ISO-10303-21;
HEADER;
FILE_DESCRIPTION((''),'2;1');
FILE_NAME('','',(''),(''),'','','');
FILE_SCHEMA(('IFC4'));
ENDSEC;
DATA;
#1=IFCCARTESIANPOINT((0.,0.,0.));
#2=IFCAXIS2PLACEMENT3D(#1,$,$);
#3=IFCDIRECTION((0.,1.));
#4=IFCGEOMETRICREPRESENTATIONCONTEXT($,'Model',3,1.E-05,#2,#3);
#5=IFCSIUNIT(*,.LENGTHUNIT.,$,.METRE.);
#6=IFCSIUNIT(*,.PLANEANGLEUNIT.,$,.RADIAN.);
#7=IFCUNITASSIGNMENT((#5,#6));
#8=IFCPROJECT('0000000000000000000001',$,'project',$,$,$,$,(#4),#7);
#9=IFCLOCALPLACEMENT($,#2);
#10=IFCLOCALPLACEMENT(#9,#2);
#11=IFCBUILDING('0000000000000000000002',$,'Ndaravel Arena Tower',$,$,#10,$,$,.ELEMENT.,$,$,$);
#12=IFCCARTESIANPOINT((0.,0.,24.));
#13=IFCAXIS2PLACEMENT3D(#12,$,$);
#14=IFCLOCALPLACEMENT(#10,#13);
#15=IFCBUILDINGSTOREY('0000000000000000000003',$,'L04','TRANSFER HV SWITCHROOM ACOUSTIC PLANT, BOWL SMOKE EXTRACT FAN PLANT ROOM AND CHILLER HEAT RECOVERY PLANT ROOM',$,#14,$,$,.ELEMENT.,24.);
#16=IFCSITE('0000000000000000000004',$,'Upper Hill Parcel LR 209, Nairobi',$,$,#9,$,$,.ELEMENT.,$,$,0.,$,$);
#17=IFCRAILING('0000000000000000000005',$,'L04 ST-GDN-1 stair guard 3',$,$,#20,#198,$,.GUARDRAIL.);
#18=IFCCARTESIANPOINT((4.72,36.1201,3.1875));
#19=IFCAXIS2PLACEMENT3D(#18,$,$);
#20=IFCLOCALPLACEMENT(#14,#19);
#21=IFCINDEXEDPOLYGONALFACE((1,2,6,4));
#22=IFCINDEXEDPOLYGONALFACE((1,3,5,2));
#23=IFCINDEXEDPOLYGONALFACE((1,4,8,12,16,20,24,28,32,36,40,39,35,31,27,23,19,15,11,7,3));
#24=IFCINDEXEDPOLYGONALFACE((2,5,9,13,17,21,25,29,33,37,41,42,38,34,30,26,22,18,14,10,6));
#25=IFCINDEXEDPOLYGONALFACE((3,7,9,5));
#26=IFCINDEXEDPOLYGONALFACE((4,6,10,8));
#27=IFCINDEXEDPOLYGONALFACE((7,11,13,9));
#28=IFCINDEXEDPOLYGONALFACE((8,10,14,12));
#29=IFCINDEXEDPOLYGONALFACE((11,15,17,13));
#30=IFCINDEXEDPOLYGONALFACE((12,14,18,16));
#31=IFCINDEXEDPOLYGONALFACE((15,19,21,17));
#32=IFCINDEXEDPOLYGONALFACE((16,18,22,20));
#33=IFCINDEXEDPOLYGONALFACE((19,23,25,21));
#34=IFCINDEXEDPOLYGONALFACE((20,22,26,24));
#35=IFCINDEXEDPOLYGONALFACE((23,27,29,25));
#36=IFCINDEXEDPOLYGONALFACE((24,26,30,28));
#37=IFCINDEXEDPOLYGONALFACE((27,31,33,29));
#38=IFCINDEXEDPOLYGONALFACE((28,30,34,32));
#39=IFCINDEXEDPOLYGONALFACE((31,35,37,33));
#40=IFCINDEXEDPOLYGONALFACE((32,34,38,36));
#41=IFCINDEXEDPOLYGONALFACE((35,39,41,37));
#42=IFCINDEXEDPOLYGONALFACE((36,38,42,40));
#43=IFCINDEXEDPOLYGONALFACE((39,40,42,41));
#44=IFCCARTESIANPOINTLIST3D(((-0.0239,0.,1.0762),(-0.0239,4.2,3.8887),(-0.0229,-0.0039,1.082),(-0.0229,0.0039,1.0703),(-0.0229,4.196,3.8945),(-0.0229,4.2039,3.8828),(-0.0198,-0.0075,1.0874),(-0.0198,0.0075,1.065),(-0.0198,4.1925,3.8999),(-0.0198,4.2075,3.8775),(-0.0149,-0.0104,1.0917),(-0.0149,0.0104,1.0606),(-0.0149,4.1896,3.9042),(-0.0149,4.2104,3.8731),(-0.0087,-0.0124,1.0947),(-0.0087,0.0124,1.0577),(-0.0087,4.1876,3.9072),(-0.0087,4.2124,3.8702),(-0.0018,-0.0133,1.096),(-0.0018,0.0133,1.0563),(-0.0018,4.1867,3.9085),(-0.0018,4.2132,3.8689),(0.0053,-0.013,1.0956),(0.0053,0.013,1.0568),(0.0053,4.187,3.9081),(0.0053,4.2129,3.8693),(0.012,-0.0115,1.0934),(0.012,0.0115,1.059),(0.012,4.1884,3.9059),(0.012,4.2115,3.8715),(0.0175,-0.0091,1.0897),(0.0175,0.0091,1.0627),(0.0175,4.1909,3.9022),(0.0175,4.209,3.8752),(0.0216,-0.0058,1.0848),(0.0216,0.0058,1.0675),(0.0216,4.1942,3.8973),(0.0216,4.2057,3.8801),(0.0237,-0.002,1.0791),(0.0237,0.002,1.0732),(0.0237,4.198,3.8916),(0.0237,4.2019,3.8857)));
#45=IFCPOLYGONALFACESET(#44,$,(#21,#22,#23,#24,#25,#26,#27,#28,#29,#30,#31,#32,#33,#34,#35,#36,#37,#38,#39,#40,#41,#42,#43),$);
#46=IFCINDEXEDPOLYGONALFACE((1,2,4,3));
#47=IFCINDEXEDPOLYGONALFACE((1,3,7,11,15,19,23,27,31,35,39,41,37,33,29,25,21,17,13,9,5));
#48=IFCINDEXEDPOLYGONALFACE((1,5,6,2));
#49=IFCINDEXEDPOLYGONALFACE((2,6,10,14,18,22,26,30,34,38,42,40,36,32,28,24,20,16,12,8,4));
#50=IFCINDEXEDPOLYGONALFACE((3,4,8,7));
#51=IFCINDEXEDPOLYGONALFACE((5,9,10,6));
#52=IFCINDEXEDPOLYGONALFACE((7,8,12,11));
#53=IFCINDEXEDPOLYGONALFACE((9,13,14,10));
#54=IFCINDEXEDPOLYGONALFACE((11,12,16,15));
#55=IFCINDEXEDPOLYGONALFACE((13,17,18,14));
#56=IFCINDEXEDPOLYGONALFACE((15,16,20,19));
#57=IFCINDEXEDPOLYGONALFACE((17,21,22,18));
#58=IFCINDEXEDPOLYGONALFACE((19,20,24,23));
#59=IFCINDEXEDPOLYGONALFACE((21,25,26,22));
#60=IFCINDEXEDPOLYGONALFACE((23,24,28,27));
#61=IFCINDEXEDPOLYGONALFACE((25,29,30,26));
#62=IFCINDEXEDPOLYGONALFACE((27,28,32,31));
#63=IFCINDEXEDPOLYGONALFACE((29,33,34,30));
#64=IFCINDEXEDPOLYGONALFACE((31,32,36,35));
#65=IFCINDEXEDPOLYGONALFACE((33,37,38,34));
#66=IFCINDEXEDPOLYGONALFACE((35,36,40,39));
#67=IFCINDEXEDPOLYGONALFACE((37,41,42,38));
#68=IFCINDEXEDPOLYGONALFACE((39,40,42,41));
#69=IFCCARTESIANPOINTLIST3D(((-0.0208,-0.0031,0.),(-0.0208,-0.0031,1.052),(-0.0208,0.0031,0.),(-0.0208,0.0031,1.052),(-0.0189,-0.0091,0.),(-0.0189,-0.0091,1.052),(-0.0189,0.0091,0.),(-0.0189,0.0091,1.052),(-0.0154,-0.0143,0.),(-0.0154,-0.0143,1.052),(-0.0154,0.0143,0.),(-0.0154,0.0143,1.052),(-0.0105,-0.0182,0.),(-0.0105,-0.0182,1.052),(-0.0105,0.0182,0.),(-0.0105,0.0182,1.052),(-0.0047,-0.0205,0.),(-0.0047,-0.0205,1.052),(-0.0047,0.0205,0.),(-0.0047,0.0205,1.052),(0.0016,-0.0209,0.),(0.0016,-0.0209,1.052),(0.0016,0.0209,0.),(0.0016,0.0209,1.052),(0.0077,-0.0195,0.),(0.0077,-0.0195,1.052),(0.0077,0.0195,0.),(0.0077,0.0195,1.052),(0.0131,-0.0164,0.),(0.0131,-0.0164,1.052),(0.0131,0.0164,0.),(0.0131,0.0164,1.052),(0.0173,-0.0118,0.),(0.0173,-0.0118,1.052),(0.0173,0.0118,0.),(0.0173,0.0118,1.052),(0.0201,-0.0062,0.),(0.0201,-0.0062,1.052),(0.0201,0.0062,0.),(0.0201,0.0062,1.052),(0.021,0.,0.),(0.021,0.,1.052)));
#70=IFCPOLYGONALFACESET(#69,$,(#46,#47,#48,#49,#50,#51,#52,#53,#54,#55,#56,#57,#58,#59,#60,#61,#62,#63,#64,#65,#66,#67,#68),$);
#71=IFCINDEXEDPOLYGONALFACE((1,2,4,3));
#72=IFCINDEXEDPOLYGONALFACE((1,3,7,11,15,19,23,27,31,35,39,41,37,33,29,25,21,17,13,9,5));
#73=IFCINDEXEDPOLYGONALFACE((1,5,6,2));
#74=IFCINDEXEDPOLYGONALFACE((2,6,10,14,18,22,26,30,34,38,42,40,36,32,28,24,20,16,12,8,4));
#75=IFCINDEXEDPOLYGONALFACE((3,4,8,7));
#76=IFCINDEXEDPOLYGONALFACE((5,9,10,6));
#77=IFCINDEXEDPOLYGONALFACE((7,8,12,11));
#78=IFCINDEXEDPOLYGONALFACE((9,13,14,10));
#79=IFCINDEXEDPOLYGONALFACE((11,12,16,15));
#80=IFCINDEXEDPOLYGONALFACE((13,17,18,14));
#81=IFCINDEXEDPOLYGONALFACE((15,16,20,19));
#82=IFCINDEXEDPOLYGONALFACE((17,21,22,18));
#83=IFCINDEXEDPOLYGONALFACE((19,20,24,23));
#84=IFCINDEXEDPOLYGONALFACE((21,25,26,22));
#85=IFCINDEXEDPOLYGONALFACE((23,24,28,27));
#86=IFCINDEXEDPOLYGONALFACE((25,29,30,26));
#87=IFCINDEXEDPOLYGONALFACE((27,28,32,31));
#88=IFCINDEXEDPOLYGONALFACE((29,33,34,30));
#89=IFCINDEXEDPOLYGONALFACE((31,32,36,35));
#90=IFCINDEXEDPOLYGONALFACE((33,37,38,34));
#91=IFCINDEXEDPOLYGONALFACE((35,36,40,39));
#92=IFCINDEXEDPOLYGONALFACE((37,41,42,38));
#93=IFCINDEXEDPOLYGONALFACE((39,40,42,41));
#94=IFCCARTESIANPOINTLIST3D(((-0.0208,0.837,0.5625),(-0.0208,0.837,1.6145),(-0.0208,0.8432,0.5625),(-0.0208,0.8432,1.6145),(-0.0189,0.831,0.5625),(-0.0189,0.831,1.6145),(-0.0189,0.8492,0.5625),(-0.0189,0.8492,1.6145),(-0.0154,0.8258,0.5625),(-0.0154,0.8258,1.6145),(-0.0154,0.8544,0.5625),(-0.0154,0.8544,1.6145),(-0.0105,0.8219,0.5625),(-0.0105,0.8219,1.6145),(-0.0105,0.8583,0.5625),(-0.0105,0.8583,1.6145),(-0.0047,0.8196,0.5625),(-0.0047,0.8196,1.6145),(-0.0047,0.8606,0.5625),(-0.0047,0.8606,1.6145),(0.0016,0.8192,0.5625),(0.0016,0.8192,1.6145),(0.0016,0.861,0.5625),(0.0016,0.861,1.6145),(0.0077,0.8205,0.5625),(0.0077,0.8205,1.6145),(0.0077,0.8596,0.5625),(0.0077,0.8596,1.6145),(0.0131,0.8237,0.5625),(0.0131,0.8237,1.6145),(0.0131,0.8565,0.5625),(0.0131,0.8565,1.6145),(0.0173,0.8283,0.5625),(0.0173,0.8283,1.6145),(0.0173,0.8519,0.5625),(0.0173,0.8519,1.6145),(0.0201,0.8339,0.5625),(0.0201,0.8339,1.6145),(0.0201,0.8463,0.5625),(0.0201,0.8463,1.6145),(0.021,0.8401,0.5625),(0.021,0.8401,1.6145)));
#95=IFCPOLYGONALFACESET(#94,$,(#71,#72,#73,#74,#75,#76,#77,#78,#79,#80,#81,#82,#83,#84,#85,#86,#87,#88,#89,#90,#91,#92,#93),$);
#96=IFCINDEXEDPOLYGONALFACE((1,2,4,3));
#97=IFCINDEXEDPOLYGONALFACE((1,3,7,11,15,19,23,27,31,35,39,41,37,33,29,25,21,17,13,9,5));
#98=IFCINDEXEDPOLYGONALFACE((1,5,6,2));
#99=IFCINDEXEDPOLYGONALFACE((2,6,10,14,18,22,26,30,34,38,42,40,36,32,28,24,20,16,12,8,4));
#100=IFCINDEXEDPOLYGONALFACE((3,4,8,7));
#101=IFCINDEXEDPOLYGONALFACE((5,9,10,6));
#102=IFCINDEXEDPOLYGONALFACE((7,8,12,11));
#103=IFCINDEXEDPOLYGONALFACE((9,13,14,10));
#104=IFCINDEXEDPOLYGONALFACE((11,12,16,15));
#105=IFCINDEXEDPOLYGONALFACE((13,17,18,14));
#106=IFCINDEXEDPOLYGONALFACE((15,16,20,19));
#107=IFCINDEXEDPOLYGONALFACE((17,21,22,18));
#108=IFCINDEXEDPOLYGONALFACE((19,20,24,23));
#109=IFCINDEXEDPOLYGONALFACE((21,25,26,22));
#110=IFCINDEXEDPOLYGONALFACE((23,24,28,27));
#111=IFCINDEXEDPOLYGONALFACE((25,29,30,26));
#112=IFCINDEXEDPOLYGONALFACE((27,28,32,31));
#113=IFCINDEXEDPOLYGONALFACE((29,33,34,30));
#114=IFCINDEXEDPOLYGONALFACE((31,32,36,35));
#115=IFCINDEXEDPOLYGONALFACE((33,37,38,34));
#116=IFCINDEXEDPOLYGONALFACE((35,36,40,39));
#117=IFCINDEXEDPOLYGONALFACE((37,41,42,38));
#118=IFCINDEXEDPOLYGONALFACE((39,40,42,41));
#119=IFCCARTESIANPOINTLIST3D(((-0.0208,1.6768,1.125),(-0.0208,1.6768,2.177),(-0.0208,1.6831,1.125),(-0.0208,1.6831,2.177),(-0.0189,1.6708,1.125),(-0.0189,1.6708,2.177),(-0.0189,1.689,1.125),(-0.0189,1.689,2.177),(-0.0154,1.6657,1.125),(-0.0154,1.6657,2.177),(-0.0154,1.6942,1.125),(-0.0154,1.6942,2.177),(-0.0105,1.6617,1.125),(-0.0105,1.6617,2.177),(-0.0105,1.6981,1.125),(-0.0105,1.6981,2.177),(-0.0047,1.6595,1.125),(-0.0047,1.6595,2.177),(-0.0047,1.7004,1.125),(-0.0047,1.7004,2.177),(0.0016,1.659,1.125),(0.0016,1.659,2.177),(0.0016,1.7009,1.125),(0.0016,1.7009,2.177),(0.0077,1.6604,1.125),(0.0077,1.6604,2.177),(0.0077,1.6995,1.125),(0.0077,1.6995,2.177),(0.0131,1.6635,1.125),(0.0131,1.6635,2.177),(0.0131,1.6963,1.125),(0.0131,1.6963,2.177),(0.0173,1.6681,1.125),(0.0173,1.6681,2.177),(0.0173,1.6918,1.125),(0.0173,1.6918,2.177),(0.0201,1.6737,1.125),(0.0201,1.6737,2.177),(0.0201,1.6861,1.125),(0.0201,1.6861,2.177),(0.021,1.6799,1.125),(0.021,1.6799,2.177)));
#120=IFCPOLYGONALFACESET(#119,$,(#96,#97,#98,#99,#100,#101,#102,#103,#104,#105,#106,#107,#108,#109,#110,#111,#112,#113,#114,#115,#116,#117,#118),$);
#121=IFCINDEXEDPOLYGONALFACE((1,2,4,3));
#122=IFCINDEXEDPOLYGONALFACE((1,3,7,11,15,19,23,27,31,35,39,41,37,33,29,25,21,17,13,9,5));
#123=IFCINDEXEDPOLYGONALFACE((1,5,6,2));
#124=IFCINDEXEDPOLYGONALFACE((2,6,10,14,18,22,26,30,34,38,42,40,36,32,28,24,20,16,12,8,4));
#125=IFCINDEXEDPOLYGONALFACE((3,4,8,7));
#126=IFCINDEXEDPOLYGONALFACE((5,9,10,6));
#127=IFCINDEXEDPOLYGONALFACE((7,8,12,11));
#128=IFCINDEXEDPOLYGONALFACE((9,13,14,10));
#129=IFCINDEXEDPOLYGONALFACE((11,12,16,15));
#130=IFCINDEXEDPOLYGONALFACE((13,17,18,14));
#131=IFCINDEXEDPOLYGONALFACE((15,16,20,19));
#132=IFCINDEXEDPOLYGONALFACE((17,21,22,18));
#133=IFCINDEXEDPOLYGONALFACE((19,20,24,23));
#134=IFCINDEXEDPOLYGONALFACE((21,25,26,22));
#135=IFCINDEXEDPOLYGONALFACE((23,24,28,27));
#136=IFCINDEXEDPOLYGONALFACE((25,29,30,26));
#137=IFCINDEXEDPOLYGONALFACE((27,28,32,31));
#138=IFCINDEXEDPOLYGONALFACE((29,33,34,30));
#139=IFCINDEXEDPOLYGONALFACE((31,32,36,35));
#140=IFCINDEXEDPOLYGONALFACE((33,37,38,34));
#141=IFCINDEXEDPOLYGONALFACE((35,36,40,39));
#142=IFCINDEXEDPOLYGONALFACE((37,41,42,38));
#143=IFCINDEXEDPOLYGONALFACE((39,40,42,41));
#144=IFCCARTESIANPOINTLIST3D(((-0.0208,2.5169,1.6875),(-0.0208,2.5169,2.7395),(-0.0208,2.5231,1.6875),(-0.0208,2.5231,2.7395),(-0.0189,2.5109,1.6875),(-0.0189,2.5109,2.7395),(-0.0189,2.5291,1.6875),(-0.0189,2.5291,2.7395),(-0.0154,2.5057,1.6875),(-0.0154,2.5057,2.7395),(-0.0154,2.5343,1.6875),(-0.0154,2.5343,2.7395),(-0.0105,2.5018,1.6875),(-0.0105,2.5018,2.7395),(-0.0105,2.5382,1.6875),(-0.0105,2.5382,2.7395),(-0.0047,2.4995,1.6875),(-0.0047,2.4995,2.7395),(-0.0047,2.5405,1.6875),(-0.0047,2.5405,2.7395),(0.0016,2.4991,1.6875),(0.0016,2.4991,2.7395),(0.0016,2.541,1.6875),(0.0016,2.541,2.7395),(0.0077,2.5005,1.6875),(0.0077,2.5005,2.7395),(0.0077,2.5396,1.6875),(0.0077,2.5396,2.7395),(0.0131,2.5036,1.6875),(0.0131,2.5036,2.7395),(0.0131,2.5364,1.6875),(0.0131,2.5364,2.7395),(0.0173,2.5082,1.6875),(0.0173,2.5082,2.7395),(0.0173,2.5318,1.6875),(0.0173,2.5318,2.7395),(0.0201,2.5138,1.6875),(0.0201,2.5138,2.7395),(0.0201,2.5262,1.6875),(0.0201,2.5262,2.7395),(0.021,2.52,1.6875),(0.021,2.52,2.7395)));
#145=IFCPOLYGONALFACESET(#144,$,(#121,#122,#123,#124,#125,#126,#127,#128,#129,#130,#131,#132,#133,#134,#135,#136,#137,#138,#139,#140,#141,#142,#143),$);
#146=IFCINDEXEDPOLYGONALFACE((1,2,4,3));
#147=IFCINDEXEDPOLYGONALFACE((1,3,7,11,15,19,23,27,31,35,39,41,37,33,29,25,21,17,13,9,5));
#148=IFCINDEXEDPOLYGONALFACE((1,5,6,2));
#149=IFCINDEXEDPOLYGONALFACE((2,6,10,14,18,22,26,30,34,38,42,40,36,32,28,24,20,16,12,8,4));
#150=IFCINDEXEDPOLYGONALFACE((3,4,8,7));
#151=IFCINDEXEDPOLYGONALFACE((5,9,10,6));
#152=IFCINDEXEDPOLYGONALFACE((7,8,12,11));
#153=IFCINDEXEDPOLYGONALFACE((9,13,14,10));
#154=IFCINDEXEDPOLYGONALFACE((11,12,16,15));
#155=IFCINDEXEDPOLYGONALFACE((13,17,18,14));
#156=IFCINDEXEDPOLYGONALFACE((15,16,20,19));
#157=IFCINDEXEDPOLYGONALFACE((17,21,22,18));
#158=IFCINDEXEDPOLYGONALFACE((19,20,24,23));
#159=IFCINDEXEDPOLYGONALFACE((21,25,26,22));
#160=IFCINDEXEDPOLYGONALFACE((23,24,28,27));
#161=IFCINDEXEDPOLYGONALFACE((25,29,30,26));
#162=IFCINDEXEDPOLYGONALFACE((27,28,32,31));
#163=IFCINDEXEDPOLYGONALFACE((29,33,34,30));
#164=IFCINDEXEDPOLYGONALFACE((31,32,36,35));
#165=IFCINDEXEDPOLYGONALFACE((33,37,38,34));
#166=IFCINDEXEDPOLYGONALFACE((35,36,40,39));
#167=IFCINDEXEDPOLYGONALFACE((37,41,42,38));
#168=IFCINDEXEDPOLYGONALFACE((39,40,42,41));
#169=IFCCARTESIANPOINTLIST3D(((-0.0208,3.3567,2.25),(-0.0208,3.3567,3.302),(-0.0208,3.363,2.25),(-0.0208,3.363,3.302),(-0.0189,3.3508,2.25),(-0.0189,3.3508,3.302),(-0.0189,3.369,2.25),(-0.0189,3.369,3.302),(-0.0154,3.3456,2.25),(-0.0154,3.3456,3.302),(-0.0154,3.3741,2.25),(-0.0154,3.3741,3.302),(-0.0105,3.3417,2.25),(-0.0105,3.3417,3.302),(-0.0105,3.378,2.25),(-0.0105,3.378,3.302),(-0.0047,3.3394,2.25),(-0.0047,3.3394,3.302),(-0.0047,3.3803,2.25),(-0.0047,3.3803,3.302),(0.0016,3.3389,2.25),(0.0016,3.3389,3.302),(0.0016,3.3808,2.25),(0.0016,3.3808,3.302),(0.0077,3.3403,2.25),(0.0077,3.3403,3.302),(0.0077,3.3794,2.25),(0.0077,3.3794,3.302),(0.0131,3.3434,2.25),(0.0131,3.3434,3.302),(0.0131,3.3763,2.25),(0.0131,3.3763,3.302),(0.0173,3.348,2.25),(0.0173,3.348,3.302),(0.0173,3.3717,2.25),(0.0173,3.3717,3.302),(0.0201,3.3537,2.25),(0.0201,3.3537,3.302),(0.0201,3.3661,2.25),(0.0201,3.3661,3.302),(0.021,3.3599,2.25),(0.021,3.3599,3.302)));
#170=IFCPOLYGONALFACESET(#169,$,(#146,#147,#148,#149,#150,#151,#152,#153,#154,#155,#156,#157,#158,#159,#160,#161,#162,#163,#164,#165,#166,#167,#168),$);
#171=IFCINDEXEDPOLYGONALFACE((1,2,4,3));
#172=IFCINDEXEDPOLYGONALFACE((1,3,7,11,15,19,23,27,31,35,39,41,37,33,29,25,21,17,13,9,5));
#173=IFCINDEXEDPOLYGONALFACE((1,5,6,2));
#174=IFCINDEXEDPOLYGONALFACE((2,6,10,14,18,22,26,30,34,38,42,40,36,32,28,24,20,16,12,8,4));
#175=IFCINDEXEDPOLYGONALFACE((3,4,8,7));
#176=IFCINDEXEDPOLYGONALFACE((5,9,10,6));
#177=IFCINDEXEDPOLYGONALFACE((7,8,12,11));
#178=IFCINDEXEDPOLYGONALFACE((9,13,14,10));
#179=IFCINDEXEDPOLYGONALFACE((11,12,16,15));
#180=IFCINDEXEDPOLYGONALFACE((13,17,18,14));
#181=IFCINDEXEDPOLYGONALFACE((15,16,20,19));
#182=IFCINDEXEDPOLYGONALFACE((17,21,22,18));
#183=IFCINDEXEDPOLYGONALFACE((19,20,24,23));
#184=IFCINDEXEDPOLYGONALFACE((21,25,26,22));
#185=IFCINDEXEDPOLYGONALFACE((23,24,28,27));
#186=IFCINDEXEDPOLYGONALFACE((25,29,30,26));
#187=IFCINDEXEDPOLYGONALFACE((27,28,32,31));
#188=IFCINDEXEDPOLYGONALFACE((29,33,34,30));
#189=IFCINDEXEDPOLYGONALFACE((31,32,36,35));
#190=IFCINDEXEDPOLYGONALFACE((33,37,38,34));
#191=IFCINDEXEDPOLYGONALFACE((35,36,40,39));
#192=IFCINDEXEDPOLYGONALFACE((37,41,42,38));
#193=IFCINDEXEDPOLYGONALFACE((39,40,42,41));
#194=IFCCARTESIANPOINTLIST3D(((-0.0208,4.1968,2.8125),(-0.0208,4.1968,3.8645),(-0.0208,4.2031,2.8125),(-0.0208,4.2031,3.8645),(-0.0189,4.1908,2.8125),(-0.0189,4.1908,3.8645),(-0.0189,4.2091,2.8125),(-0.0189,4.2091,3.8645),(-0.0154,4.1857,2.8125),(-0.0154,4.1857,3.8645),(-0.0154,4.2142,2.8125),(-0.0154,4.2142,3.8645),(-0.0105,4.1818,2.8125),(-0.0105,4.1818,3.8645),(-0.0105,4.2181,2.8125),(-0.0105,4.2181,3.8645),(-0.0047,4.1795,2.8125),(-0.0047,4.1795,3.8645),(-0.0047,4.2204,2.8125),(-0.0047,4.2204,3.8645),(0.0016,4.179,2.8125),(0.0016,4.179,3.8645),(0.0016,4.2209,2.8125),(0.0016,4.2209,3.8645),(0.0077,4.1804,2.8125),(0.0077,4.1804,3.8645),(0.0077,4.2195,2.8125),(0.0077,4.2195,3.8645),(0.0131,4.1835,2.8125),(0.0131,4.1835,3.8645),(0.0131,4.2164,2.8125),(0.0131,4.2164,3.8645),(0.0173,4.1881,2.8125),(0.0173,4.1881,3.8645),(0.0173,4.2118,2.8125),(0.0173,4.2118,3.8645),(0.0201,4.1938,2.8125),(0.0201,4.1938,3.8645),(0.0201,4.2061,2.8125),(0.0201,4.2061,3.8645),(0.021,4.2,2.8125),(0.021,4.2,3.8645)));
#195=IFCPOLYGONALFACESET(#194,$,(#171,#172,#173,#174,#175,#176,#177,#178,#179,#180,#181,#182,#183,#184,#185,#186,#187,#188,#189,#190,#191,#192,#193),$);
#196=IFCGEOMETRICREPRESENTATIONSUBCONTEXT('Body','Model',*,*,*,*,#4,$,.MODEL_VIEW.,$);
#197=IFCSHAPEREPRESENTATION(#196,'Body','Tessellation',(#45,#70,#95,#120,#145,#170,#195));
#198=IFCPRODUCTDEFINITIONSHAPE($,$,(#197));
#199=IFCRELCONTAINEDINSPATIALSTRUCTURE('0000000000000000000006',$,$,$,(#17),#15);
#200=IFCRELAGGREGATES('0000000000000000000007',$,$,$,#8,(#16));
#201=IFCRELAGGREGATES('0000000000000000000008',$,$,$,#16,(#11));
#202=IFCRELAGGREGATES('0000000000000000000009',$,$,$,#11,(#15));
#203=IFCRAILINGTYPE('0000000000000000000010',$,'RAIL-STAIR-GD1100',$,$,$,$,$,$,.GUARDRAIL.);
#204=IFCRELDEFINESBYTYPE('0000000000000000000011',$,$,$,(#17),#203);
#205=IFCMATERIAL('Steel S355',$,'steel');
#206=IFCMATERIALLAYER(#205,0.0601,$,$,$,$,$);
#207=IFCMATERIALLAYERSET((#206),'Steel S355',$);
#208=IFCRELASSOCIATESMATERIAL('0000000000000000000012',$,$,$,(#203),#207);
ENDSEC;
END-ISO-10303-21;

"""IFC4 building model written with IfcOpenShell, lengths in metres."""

from ifc_helpers import new_model, si_unit, direction, frame, origin, origin_2d, place, context, subcontext, project, spatial, circle, extrude, material, layer, layer_set, type_object, element, save


model = new_model("IFC4")

# Units and contexts
model_context = context("Model", 3, precision=1e-05, world=origin(), true_north=direction((0.0, 1.0)))
body_context = subcontext(model_context, "Body", "Model", "MODEL_VIEW")
ifc_project = project(units=[si_unit("LENGTHUNIT", "METRE"), si_unit("PLANEANGLEUNIT", "RADIAN")], contexts=[model_context])

# Site, building, storey
site_placement = place(None, origin())
site = spatial("IfcSite", under=ifc_project, at=site_placement, Name="Upper Hill Parcel LR 209, Nairobi", CompositionType="ELEMENT", RefElevation=0.0)
building_placement = place(site_placement, origin())
building = spatial("IfcBuilding", under=site, at=building_placement, Name="Ndaravel Arena Tower", CompositionType="ELEMENT")
storey_placement = place(building_placement, frame((0.0, 0.0, 24.0)))
storey = spatial("IfcBuildingStorey", under=building, at=storey_placement, Name="L04", Description="TRANSFER HV SWITCHROOM ACOUSTIC PLANT, BOWL SMOKE EXTRACT FAN PLANT ROOM AND CHILLER HEAT RECOVERY PLANT ROOM", CompositionType="ELEMENT", Elevation=24.0)

# Railing
ifc_material_1 = material(Name="Steel S355", Category="steel")
ifc_layer_1 = layer(ifc_material_1, 0.0601)
ifc_layer_set_1 = layer_set([ifc_layer_1], Name="Steel S355")
railing_type_1 = type_object("IfcRailingType", Name="RAIL-STAIR-GD1100", PredefinedType="GUARDRAIL", material=ifc_layer_set_1)
railing_1_placement = place(storey_placement, frame((4.72, 36.1201, 3.1875)))
element("IfcRailing", 1, at=railing_1_placement, inside=storey, type_object=railing_type_1, Name="L04 ST-GDN-1 stair guard 3", PredefinedType="GUARDRAIL", context=body_context, shape_type="SweptSolid", body=[
    extrude(circle(Radius=0.0239, at=origin_2d()), frame((0.0, 0.0, 1.0762), z_axis=(0.0, 0.830904, 0.556416), x_axis=(-1.0, 0.0, 0.0)), (0.0, 0.0, 1.0), 5.0547),
    extrude(circle(Radius=0.021, at=origin_2d()), origin(), (0.0, 0.0, 1.0), 1.052),
    extrude(circle(Radius=0.021, at=origin_2d()), frame((0.0, 0.8401, 0.5625)), (0.0, 0.0, 1.0), 1.052),
    extrude(circle(Radius=0.021, at=origin_2d()), frame((0.0, 1.6799, 1.125)), (0.0, 0.0, 1.0), 1.052),
    extrude(circle(Radius=0.021, at=origin_2d()), frame((0.0, 2.52, 1.6875)), (0.0, 0.0, 1.0), 1.052),
    extrude(circle(Radius=0.021, at=origin_2d()), frame((0.0, 3.3599, 2.25)), (0.0, 0.0, 1.0), 1.052),
    extrude(circle(Radius=0.021, at=origin_2d()), frame((0.0, 4.2, 2.8125)), (0.0, 0.0, 1.0), 1.052),
])

save(model, "model.ifc")
